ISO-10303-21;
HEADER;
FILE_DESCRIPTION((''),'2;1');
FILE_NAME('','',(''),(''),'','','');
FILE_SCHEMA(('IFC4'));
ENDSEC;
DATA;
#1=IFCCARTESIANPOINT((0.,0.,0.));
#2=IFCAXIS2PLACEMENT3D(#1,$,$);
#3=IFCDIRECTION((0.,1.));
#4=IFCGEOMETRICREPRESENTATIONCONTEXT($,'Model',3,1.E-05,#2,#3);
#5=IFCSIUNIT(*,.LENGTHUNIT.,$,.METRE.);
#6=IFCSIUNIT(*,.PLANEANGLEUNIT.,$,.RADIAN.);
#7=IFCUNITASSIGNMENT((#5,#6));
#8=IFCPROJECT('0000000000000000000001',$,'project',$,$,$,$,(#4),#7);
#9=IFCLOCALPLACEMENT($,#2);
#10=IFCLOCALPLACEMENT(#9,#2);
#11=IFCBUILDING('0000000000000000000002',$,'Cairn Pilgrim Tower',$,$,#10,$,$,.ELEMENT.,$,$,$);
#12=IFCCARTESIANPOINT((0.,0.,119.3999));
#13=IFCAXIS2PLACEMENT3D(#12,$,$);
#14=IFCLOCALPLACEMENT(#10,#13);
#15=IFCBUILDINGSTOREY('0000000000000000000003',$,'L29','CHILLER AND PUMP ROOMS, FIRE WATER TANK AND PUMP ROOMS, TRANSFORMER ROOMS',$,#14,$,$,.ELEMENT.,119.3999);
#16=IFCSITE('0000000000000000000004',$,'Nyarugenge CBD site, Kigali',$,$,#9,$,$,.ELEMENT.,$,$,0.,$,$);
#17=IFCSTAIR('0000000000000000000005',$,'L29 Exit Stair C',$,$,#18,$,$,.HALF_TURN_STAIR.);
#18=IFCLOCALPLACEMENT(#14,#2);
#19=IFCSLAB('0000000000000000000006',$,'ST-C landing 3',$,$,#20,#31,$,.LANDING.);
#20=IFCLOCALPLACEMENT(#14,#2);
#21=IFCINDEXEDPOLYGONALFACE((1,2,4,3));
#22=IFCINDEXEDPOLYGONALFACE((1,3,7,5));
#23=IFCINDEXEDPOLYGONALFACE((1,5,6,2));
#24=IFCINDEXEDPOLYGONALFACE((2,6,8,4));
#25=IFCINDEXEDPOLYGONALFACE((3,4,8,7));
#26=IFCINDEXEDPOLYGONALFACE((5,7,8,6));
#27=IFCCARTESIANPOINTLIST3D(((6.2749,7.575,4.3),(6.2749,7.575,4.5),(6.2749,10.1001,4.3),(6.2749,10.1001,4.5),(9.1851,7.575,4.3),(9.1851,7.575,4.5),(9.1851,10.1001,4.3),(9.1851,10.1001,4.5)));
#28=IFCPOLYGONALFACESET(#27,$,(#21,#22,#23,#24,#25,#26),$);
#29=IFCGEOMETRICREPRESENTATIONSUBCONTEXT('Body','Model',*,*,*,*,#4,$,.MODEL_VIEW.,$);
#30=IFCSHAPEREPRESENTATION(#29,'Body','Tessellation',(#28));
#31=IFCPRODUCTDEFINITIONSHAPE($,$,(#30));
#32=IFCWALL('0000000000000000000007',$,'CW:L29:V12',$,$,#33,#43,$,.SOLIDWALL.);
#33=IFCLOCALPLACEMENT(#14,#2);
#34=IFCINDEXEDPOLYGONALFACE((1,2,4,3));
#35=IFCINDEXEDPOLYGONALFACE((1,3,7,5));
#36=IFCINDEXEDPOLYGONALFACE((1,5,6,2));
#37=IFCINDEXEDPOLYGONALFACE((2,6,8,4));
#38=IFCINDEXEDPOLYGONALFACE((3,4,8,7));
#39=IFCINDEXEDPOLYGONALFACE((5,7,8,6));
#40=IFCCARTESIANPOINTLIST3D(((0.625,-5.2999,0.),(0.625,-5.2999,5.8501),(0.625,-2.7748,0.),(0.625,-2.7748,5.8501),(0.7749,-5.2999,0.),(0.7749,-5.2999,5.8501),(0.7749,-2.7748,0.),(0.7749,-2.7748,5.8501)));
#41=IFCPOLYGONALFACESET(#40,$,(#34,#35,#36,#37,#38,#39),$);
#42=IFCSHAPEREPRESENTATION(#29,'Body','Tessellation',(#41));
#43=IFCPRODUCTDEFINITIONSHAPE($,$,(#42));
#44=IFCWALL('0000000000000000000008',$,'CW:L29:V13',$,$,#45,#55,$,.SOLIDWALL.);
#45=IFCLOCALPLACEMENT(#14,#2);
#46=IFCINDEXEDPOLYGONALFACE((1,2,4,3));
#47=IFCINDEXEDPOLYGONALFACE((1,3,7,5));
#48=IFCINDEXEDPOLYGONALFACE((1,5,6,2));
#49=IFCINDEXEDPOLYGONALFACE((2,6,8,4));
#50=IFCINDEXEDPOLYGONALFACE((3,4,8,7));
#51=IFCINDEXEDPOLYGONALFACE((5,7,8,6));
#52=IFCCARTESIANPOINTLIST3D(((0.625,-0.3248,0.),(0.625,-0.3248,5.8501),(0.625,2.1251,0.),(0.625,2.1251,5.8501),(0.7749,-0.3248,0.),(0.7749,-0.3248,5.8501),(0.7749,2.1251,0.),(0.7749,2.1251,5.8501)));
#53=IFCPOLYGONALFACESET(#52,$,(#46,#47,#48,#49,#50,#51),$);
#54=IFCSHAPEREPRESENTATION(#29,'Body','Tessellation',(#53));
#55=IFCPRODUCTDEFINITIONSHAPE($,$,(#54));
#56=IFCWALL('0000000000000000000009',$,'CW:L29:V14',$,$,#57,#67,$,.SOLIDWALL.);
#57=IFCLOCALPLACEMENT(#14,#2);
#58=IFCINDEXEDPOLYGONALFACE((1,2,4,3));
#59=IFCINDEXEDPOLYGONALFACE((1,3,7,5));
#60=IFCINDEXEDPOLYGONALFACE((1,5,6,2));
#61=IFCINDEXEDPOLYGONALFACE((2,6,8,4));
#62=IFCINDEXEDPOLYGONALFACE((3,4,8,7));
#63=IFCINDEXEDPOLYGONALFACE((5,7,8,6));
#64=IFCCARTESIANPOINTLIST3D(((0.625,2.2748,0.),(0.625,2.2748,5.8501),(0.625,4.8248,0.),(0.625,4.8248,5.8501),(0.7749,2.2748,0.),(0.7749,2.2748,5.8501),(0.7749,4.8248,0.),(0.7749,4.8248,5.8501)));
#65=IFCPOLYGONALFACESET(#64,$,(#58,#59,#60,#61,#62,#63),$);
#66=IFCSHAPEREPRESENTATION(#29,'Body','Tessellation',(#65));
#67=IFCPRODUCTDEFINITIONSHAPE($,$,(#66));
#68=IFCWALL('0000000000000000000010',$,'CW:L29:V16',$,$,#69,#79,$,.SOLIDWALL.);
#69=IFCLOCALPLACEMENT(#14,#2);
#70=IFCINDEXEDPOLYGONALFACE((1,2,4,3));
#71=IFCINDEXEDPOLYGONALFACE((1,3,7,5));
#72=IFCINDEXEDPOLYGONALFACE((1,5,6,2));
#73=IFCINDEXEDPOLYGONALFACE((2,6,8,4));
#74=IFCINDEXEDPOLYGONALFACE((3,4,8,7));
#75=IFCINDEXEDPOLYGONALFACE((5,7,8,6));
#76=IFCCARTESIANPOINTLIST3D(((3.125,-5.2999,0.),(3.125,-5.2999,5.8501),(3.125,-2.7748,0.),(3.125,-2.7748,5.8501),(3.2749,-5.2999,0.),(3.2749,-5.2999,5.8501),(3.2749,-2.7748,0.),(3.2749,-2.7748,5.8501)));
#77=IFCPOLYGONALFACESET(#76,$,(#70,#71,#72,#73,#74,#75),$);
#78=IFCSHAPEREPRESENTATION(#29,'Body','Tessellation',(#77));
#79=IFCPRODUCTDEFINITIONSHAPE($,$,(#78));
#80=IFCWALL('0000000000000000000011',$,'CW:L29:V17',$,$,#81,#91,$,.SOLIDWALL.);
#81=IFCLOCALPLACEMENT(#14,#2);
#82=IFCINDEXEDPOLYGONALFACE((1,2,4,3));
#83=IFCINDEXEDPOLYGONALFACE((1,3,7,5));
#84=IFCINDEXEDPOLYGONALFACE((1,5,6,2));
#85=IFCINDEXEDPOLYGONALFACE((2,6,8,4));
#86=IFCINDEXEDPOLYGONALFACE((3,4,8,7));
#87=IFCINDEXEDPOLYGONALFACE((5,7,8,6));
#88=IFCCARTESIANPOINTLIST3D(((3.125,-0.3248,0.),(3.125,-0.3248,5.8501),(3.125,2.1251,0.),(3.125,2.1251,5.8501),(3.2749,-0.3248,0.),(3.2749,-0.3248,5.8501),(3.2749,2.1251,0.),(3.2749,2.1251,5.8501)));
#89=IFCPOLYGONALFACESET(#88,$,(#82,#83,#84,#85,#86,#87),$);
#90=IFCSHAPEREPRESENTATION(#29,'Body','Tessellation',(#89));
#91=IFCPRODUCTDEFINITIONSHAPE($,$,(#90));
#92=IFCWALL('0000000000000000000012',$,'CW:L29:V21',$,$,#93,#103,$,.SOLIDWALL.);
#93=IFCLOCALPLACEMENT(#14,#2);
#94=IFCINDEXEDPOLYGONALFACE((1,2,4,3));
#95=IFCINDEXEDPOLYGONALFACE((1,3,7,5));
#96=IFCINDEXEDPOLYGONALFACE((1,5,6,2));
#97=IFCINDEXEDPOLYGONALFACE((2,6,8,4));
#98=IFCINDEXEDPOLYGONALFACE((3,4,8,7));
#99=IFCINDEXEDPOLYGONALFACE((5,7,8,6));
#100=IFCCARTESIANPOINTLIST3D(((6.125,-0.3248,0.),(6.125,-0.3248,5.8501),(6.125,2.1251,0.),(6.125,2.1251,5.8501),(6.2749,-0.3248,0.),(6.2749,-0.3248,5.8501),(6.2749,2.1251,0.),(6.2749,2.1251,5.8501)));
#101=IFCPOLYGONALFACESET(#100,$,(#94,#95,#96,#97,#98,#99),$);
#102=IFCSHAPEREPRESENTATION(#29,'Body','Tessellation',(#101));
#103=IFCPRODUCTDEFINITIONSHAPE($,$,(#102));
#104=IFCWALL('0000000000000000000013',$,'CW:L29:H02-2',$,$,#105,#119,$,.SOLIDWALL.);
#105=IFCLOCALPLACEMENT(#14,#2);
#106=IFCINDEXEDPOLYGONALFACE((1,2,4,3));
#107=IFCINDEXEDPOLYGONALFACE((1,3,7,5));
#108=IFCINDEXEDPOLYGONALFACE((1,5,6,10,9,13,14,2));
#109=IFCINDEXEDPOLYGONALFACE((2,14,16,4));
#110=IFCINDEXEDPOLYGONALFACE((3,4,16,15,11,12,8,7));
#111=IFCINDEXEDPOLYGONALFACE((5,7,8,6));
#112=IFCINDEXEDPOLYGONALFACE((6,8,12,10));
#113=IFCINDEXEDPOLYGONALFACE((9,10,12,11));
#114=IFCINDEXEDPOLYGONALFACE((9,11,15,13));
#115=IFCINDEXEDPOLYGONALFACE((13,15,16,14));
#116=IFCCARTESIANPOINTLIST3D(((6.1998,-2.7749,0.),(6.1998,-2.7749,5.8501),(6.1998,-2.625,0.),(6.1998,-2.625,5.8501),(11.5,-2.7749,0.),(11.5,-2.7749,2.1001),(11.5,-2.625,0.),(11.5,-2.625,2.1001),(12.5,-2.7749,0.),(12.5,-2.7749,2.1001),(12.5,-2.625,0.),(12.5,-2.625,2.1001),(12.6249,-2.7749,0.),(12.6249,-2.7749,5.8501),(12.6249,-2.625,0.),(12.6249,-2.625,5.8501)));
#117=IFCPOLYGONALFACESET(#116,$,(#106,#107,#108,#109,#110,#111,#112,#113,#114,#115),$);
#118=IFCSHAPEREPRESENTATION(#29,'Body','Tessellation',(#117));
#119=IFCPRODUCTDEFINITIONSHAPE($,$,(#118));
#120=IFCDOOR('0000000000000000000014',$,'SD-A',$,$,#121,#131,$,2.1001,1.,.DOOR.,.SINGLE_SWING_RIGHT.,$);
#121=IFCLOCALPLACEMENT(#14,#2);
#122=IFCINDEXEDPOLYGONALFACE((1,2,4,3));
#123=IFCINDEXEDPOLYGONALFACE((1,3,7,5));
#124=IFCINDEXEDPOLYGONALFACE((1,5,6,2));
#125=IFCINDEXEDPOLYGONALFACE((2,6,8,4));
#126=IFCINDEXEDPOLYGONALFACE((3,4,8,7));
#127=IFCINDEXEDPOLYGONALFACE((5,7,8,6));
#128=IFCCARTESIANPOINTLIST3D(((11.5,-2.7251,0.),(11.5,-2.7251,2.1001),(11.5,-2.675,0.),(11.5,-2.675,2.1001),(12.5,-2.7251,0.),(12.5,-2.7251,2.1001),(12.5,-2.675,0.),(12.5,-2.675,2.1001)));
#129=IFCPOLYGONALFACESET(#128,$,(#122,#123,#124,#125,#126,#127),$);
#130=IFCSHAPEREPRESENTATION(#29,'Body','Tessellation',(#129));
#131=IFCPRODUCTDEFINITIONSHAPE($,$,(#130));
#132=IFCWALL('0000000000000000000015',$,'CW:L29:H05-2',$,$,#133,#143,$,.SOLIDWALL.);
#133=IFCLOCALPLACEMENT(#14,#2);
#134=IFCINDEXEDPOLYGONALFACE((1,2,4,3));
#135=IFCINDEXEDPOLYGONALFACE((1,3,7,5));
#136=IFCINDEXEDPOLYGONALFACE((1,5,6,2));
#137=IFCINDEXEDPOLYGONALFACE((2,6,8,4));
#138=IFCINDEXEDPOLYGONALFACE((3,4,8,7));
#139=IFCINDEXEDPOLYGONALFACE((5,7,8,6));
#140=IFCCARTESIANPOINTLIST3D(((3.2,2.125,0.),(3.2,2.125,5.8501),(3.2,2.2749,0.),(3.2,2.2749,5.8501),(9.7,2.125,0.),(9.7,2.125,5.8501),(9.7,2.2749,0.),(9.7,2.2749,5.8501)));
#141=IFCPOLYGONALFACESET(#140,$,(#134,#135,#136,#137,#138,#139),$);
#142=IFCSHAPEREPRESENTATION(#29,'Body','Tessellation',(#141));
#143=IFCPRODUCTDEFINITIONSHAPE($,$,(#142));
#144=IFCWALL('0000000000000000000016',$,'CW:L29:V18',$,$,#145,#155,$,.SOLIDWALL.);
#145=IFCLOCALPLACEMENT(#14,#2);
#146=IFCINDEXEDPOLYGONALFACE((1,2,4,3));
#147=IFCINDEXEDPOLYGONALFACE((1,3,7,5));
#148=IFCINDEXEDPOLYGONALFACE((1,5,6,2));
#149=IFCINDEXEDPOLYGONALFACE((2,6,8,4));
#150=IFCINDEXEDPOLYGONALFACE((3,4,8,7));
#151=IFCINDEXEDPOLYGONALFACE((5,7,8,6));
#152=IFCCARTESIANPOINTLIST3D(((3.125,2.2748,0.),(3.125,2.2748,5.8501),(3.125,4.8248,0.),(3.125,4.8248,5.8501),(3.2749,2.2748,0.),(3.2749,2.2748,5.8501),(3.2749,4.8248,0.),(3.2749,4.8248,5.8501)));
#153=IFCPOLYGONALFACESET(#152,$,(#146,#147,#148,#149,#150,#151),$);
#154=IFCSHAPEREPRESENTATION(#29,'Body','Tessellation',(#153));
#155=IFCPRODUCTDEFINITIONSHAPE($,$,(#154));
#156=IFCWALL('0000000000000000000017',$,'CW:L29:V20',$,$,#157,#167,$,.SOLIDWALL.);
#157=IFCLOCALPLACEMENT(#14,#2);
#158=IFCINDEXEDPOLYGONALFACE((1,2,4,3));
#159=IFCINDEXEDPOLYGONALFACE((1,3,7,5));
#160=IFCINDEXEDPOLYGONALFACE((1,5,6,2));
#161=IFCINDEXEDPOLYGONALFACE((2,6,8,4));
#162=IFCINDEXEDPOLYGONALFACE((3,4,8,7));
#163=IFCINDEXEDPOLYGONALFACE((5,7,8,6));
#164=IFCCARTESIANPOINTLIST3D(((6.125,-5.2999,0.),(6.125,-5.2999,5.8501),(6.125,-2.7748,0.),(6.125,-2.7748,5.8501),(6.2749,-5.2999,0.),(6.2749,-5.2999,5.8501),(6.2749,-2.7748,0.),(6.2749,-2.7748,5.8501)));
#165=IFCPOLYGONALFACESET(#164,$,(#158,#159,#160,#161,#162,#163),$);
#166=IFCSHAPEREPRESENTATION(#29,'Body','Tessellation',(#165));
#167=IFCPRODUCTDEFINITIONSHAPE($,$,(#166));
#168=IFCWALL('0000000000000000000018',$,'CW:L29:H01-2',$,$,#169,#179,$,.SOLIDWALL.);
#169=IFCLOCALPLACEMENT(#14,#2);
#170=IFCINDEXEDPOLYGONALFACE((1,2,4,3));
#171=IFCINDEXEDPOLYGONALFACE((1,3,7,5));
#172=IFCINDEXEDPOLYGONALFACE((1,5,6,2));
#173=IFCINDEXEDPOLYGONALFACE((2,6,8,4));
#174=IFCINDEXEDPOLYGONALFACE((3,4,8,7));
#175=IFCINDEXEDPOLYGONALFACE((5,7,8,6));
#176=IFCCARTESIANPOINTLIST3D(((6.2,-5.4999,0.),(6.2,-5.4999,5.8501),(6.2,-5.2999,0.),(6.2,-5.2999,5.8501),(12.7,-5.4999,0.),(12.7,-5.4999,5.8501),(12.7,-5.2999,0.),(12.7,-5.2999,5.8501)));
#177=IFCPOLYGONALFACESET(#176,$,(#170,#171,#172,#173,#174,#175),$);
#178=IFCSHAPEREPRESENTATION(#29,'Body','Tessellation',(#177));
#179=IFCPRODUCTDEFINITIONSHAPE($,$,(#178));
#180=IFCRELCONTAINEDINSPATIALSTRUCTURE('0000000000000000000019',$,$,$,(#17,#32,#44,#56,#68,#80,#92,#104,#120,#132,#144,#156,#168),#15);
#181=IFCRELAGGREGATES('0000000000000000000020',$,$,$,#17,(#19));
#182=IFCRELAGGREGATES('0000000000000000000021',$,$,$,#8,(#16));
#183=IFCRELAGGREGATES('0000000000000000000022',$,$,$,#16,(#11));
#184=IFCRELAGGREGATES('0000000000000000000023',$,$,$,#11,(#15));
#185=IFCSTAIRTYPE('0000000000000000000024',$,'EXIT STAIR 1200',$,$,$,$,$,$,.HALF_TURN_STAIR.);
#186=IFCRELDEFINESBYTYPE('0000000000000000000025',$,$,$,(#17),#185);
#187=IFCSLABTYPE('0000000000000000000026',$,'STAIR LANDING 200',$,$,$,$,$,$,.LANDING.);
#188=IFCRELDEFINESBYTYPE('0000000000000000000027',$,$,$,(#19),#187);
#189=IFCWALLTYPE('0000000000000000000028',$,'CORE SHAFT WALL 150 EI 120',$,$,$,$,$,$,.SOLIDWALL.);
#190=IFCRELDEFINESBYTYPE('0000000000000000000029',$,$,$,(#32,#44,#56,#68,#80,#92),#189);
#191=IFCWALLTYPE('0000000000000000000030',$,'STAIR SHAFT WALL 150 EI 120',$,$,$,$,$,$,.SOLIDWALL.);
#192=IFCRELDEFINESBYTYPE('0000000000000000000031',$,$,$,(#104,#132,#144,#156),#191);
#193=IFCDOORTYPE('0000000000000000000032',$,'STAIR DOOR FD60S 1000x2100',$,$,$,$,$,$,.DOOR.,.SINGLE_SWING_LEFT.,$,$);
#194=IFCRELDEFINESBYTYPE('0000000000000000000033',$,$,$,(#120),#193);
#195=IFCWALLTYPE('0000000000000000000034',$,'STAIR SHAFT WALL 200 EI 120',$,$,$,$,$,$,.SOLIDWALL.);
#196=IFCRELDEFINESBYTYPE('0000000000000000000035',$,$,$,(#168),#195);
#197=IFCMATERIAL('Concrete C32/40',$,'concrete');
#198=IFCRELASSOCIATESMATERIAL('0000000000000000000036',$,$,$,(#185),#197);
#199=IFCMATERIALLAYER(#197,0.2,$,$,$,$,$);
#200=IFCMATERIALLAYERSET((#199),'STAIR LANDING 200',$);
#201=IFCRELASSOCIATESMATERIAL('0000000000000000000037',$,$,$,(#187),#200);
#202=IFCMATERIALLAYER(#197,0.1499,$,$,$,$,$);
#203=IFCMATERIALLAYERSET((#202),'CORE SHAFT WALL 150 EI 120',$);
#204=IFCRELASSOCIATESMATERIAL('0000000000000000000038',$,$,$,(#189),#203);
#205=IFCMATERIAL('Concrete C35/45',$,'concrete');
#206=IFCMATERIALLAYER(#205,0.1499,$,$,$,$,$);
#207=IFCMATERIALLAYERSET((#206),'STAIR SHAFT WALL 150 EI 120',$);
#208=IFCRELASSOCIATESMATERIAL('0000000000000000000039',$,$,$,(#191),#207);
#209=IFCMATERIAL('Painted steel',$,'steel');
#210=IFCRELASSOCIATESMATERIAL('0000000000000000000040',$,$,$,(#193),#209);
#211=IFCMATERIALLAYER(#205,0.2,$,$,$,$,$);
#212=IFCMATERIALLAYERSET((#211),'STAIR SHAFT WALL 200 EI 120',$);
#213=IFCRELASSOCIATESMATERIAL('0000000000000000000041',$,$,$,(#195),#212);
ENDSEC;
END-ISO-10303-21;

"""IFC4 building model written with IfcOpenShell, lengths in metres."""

from ifc_helpers import new_model, si_unit, direction, frame, frame_2d, origin, place, context, subcontext, project, spatial, polyline, rectangle, outline, extrude, material, layer, layer_set, type_object, element, fill, aggregate, save


model = new_model("IFC4")

# Units and contexts
model_context = context("Model", 3, precision=1e-05, world=origin(), true_north=direction((0.0, 1.0)))
body_context = subcontext(model_context, "Body", "Model", "MODEL_VIEW")
ifc_project = project(units=[si_unit("LENGTHUNIT", "METRE"), si_unit("PLANEANGLEUNIT", "RADIAN")], contexts=[model_context])

# Site, building, storey
site_placement = place(None, origin())
site = spatial("IfcSite", under=ifc_project, at=site_placement, Name="Nyarugenge CBD site, Kigali", CompositionType="ELEMENT", RefElevation=0.0)
building_placement = place(site_placement, origin())
building = spatial("IfcBuilding", under=site, at=building_placement, Name="Cairn Pilgrim Tower", CompositionType="ELEMENT")
storey_placement = place(building_placement, frame((0.0, 0.0, 119.3999)))
storey = spatial("IfcBuildingStorey", under=building, at=storey_placement, Name="L29", Description="CHILLER AND PUMP ROOMS, FIRE WATER TANK AND PUMP ROOMS, TRANSFORMER ROOMS", CompositionType="ELEMENT", Elevation=119.3999)

# Shared definitions
ifc_material_1 = material(Name="Concrete C32/40", Category="concrete")
stair_type = type_object("IfcStairType", Name="EXIT STAIR 1200", PredefinedType="HALF_TURN_STAIR", material=ifc_material_1)
ifc_layer_1 = layer(ifc_material_1, 0.2)
ifc_layer_set_1 = layer_set([ifc_layer_1], Name="STAIR LANDING 200")
slab_type = type_object("IfcSlabType", Name="STAIR LANDING 200", PredefinedType="LANDING", material=ifc_layer_set_1)

# Stair, slab
stair_1_placement = place(storey_placement, origin())
stair_1 = element("IfcStair", 1, at=stair_1_placement, inside=storey, type_object=stair_type, Name="L29 Exit Stair C", PredefinedType="HALF_TURN_STAIR")
slab_1_placement = place(storey_placement, frame((0.0, 0.0, 4.3)))
slab_1 = element("IfcSlab", 2, at=slab_1_placement, type_object=slab_type, Name="ST-C landing 3", PredefinedType="LANDING", context=body_context, shape_type="SweptSolid", body=[
    extrude(outline(polyline([(9.1851, 10.1001), (6.2749, 10.1001), (6.2749, 7.575), (9.1851, 7.575), (9.1851, 10.1001)])), origin(), (0.0, 0.0, 1.0), 0.2),
])
aggregate(stair_1, [slab_1])

# Walls
ifc_layer_2 = layer(ifc_material_1, 0.1499)
ifc_layer_set_2 = layer_set([ifc_layer_2], Name="CORE SHAFT WALL 150 EI 120")
wall_type_1 = type_object("IfcWallType", Name="CORE SHAFT WALL 150 EI 120", PredefinedType="SOLIDWALL", material=ifc_layer_set_2)
wall_1_placement = place(storey_placement, frame((0.7, -5.3, 0.0), z_axis=(0.0, 0.0, 1.0), x_axis=(0.0, 1.0, 0.0)))
element("IfcWall", 3, at=wall_1_placement, inside=storey, type_object=wall_type_1, Name="CW:L29:V12", PredefinedType="SOLIDWALL", context=body_context, shape_type="SweptSolid", body=[
    extrude(rectangle(XDim=2.5251, YDim=0.1499, at=frame_2d((1.2627, 0.0))), origin(), (0.0, 0.0, 1.0), 5.8501),
])
wall_2_placement = place(storey_placement, frame((0.7, -0.325, 0.0), z_axis=(0.0, 0.0, 1.0), x_axis=(0.0, 1.0, 0.0)))
element("IfcWall", 4, at=wall_2_placement, inside=storey, type_object=wall_type_1, Name="CW:L29:V13", PredefinedType="SOLIDWALL", context=body_context, shape_type="SweptSolid", body=[
    extrude(rectangle(XDim=2.45, YDim=0.1499, at=frame_2d((1.2251, 0.0))), origin(), (0.0, 0.0, 1.0), 5.8501),
])
wall_3_placement = place(storey_placement, frame((0.7, 2.2749, 0.0), z_axis=(0.0, 0.0, 1.0), x_axis=(0.0, 1.0, 0.0)))
element("IfcWall", 5, at=wall_3_placement, inside=storey, type_object=wall_type_1, Name="CW:L29:V14", PredefinedType="SOLIDWALL", context=body_context, shape_type="SweptSolid", body=[
    extrude(rectangle(XDim=2.55, YDim=0.1499, at=frame_2d((1.2749, 0.0))), origin(), (0.0, 0.0, 1.0), 5.8501),
])
wall_4_placement = place(storey_placement, frame((3.2, -5.3, 0.0), z_axis=(0.0, 0.0, 1.0), x_axis=(0.0, 1.0, 0.0)))
element("IfcWall", 6, at=wall_4_placement, inside=storey, type_object=wall_type_1, Name="CW:L29:V16", PredefinedType="SOLIDWALL", context=body_context, shape_type="SweptSolid", body=[
    extrude(rectangle(XDim=2.5251, YDim=0.1499, at=frame_2d((1.2627, 0.0))), origin(), (0.0, 0.0, 1.0), 5.8501),
])
for number, where, z_axis, x_axis, name in (
    (7, (3.2, -0.325, 0.0), (0.0, 0.0, 1.0), (0.0, 1.0, 0.0), "CW:L29:V17"),
    (8, (6.2, -0.325, 0.0), (0.0, 0.0, 1.0), (0.0, 1.0, 0.0), "CW:L29:V21"),
):
    element("IfcWall", number, at=place(storey_placement, frame(where, z_axis=z_axis, x_axis=x_axis)), inside=storey, type_object=wall_type_1, Name=name, PredefinedType="SOLIDWALL", context=body_context, shape_type="SweptSolid", body=[
        extrude(rectangle(XDim=2.45, YDim=0.1499, at=frame_2d((1.2251, 0.0))), origin(), (0.0, 0.0, 1.0), 5.8501),
    ])

# Wall, opening, door
ifc_material_2 = material(Name="Concrete C35/45", Category="concrete")
ifc_layer_3 = layer(ifc_material_2, 0.1499)
ifc_layer_set_3 = layer_set([ifc_layer_3], Name="STAIR SHAFT WALL 150 EI 120")
wall_type_2 = type_object("IfcWallType", Name="STAIR SHAFT WALL 150 EI 120", PredefinedType="SOLIDWALL", material=ifc_layer_set_3)
wall_5_placement = place(storey_placement, frame((6.2, -2.7, 0.0), z_axis=(0.0, 0.0, 1.0), x_axis=(1.0, 0.0, 0.0)))
wall_5 = element("IfcWall", 9, at=wall_5_placement, inside=storey, type_object=wall_type_2, Name="CW:L29:H02-2", PredefinedType="SOLIDWALL", context=body_context, shape_type="SweptSolid", body=[
    extrude(rectangle(XDim=6.425, YDim=0.1499, at=frame_2d((3.2124, 0.0))), origin(), (0.0, 0.0, 1.0), 5.8501),
])
opening_placement = place(wall_5_placement, frame((5.3, 0.0, 0.0)))
opening = element("IfcOpeningElement", 10, at=opening_placement, cuts=wall_5, PredefinedType="OPENING", context=body_context, shape_type="SweptSolid", body=[
    extrude(rectangle(XDim=1.0, YDim=2.1001, at=frame_2d((0.5, 1.05))), frame((0.0, 0.085, 0.0), z_axis=(0.0, -1.0, 0.0), x_axis=(1.0, 0.0, 0.0)), (0.0, 0.0, 1.0), 0.1699),
])
ifc_material_3 = material(Name="Painted steel", Category="steel")
door_type = type_object("IfcDoorType", Name="STAIR DOOR FD60S 1000x2100", OperationType="SINGLE_SWING_LEFT", PredefinedType="DOOR", material=ifc_material_3)
door_placement = place(opening_placement, origin())
door = element("IfcDoor", 11, at=door_placement, inside=storey, type_object=door_type, Name="SD-A", OperationType="SINGLE_SWING_RIGHT", OverallHeight=2.1001, OverallWidth=1.0, PredefinedType="DOOR", context=body_context, shape_type="SweptSolid", body=[
    extrude(rectangle(XDim=1.0, YDim=2.1001, at=frame_2d((0.5, 1.05))), frame((0.0, 0.0249, 0.0), z_axis=(0.0, -1.0, 0.0), x_axis=(1.0, 0.0, 0.0)), (0.0, 0.0, 1.0), 0.05),
])
fill(opening, door)

# Walls
wall_6_placement = place(storey_placement, frame((3.2, 2.2, 0.0), z_axis=(0.0, 0.0, 1.0), x_axis=(1.0, 0.0, 0.0)))
element("IfcWall", 12, at=wall_6_placement, inside=storey, type_object=wall_type_2, Name="CW:L29:H05-2", PredefinedType="SOLIDWALL", context=body_context, shape_type="SweptSolid", body=[
    extrude(rectangle(XDim=6.5, YDim=0.1499, at=frame_2d((3.25, 0.0))), origin(), (0.0, 0.0, 1.0), 5.8501),
])
wall_7_placement = place(storey_placement, frame((3.2, 2.2749, 0.0), z_axis=(0.0, 0.0, 1.0), x_axis=(0.0, 1.0, 0.0)))
element("IfcWall", 13, at=wall_7_placement, inside=storey, type_object=wall_type_2, Name="CW:L29:V18", PredefinedType="SOLIDWALL", context=body_context, shape_type="SweptSolid", body=[
    extrude(rectangle(XDim=2.55, YDim=0.1499, at=frame_2d((1.2749, 0.0))), origin(), (0.0, 0.0, 1.0), 5.8501),
])
wall_8_placement = place(storey_placement, frame((6.2, -5.3, 0.0), z_axis=(0.0, 0.0, 1.0), x_axis=(0.0, 1.0, 0.0)))
element("IfcWall", 14, at=wall_8_placement, inside=storey, type_object=wall_type_2, Name="CW:L29:V20", PredefinedType="SOLIDWALL", context=body_context, shape_type="SweptSolid", body=[
    extrude(rectangle(XDim=2.5251, YDim=0.1499, at=frame_2d((1.2627, 0.0))), origin(), (0.0, 0.0, 1.0), 5.8501),
])
ifc_layer_4 = layer(ifc_material_2, 0.2)
ifc_layer_set_4 = layer_set([ifc_layer_4], Name="STAIR SHAFT WALL 200 EI 120")
wall_type_3 = type_object("IfcWallType", Name="STAIR SHAFT WALL 200 EI 120", PredefinedType="SOLIDWALL", material=ifc_layer_set_4)
wall_9_placement = place(storey_placement, frame((6.2, -5.3999, 0.0), z_axis=(0.0, 0.0, 1.0), x_axis=(1.0, 0.0, 0.0)))
element("IfcWall", 15, at=wall_9_placement, inside=storey, type_object=wall_type_3, Name="CW:L29:H01-2", PredefinedType="SOLIDWALL", context=body_context, shape_type="SweptSolid", body=[
    extrude(rectangle(XDim=6.5, YDim=0.2, at=frame_2d((3.25, 0.0))), origin(), (0.0, 0.0, 1.0), 5.8501),
])

save(model, "model.ifc")
